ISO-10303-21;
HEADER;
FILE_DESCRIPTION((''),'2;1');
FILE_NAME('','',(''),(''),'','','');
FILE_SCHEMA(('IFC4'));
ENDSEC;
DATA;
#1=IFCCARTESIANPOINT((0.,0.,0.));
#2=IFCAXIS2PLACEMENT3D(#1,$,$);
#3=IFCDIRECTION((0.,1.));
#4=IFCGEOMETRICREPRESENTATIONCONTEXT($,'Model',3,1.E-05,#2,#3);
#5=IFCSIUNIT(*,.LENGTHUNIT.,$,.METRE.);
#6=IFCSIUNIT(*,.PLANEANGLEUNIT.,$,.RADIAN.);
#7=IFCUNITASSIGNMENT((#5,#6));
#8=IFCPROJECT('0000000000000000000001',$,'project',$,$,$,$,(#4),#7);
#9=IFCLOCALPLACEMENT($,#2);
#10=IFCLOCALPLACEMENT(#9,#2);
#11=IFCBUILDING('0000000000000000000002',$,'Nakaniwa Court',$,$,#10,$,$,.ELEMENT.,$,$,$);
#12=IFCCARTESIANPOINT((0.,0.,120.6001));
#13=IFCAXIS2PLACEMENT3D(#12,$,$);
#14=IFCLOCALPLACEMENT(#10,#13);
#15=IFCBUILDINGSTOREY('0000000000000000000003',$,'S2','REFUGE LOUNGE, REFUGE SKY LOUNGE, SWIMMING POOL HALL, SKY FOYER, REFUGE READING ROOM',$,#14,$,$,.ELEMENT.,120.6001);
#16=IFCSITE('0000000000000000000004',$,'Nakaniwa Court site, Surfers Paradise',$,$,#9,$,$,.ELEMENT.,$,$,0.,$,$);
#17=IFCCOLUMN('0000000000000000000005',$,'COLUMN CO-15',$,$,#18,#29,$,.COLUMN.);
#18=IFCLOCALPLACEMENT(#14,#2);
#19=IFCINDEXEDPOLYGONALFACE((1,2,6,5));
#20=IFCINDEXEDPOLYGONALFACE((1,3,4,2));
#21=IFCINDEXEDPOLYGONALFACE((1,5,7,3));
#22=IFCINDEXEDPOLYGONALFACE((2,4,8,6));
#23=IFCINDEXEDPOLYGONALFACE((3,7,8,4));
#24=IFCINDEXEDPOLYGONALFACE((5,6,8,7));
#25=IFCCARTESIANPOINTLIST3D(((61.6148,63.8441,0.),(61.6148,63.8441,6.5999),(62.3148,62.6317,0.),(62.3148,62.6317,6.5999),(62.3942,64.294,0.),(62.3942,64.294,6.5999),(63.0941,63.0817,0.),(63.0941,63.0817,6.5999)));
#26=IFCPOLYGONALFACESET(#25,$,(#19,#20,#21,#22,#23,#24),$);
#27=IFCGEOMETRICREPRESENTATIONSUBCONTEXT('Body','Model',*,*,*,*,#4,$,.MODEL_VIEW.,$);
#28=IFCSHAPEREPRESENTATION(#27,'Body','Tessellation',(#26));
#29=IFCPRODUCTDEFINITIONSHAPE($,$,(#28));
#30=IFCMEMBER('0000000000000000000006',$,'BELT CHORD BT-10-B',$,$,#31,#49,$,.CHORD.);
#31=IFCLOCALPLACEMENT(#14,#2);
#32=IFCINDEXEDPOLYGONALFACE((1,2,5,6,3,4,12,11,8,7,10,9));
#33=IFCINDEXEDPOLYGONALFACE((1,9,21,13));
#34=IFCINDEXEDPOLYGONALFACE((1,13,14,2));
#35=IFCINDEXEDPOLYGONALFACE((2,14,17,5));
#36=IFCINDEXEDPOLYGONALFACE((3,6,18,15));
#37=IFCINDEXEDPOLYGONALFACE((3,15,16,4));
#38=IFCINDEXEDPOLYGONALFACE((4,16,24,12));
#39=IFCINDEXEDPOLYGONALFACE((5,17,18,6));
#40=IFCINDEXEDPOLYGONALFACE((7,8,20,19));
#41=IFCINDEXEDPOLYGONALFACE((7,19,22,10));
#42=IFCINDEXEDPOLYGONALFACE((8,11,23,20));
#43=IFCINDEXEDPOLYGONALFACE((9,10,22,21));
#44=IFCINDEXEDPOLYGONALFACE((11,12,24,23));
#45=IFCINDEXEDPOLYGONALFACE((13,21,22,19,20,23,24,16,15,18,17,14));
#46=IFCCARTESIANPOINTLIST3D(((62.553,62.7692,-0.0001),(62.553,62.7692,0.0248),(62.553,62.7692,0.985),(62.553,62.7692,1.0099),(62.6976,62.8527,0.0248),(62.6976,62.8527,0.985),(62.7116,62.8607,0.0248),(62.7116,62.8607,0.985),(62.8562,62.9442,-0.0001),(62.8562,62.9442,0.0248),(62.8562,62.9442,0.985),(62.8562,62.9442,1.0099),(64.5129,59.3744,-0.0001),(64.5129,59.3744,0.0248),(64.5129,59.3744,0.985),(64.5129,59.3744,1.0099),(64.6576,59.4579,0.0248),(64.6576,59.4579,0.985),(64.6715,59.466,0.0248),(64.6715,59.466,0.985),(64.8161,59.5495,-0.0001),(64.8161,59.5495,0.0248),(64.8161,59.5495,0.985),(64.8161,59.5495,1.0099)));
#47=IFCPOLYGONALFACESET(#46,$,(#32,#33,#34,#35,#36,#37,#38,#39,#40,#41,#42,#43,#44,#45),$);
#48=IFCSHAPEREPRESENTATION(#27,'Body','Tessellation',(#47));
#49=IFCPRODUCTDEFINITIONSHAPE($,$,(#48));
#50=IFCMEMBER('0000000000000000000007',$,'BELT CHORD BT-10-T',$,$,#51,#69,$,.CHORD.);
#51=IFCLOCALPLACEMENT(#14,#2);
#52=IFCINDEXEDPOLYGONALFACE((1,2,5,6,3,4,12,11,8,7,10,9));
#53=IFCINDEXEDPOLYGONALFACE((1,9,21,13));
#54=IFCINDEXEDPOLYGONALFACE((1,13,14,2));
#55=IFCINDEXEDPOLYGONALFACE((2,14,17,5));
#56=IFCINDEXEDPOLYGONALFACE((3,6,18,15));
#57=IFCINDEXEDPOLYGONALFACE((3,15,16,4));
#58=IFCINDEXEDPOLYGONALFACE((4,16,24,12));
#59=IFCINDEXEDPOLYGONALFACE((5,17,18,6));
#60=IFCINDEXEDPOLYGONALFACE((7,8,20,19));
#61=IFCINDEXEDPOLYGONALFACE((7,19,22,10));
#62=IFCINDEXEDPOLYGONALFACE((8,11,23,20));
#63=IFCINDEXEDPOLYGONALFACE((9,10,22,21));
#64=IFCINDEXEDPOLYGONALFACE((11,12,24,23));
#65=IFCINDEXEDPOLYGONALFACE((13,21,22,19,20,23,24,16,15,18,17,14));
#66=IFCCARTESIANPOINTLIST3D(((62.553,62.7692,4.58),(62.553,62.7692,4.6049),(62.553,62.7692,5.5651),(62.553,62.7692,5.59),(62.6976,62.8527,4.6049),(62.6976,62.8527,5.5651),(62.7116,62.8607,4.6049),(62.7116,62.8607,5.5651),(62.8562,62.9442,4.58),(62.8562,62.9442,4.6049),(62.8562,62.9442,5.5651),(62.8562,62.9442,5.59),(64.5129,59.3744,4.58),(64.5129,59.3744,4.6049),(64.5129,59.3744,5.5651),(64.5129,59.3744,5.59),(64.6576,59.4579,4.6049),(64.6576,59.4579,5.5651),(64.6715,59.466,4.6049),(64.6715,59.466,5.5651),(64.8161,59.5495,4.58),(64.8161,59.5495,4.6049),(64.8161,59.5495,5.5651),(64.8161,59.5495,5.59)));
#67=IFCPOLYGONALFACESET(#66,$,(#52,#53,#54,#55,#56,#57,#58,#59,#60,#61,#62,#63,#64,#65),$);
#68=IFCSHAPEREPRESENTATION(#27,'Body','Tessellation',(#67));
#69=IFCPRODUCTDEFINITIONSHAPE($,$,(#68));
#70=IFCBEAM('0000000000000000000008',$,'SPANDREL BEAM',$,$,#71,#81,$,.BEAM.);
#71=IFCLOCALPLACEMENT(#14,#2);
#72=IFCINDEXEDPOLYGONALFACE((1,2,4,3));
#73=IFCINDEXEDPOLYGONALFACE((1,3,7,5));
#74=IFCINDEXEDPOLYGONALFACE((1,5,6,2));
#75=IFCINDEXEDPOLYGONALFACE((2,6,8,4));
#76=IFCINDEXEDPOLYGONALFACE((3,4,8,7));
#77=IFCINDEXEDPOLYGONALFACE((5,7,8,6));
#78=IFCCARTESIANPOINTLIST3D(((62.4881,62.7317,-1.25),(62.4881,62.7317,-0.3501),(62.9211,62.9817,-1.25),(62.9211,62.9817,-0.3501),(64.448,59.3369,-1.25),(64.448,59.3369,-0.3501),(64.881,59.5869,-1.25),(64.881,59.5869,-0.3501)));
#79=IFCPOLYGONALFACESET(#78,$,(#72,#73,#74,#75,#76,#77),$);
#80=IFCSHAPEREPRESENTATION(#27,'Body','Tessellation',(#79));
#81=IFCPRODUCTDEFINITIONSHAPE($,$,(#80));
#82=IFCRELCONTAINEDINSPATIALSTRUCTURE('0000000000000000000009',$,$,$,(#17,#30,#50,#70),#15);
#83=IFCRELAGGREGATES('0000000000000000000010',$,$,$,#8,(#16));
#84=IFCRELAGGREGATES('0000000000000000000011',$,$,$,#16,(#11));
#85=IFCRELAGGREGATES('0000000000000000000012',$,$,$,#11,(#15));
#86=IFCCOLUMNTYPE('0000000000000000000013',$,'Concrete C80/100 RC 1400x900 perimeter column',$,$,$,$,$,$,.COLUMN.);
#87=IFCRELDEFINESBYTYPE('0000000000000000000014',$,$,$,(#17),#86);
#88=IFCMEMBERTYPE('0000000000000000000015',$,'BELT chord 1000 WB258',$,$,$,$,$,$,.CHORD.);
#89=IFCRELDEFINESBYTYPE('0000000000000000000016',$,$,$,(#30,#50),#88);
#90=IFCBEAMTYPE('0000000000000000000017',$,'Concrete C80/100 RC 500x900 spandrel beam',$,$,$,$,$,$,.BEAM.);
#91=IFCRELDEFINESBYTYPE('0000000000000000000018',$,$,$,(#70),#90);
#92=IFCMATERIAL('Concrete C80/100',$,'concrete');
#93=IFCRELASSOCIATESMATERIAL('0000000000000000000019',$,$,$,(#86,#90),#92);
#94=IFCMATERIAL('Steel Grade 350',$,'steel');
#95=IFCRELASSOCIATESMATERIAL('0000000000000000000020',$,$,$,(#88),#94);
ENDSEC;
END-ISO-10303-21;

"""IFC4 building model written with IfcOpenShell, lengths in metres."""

from ifc_helpers import new_model, si_unit, direction, frame, origin, origin_2d, place, context, subcontext, project, spatial, rectangle, i_section, extrude, material, material_profile, profile_set, type_object, element, save


model = new_model("IFC4")

# Units and contexts
model_context = context("Model", 3, precision=1e-05, world=origin(), true_north=direction((0.0, 1.0)))
body_context = subcontext(model_context, "Body", "Model", "MODEL_VIEW")
ifc_project = project(units=[si_unit("LENGTHUNIT", "METRE"), si_unit("PLANEANGLEUNIT", "RADIAN")], contexts=[model_context])

# Site, building, storey
site_placement = place(None, origin())
site = spatial("IfcSite", under=ifc_project, at=site_placement, Name="Nakaniwa Court site, Surfers Paradise", CompositionType="ELEMENT", RefElevation=0.0)
building_placement = place(site_placement, origin())
building = spatial("IfcBuilding", under=site, at=building_placement, Name="Nakaniwa Court", CompositionType="ELEMENT")
storey_placement = place(building_placement, frame((0.0, 0.0, 120.6001)))
storey = spatial("IfcBuildingStorey", under=building, at=storey_placement, Name="S2", Description="REFUGE LOUNGE, REFUGE SKY LOUNGE, SWIMMING POOL HALL, SKY FOYER, REFUGE READING ROOM", CompositionType="ELEMENT", Elevation=120.6001)

# Column
ifc_material_1 = material(Name="Concrete C80/100", Category="concrete")
ifc_material_profile_1 = material_profile(ifc_material_1, rectangle(XDim=1.3999, YDim=0.8999, at=origin_2d()), Name="Concrete C80/100 RC 1400x900 perimeter column")
ifc_profile_set_1 = profile_set([ifc_material_profile_1], Name="Concrete C80/100")
column_type = type_object("IfcColumnType", Name="Concrete C80/100 RC 1400x900 perimeter column", PredefinedType="COLUMN", material=ifc_profile_set_1)
column_placement = place(storey_placement, frame((62.3545, 63.4629, 0.0), z_axis=(0.0, 0.0, 1.0), x_axis=(0.5, -0.866025, 0.0)))
element("IfcColumn", 1, at=column_placement, inside=storey, type_object=column_type, Name="COLUMN CO-15", PredefinedType="COLUMN", context=body_context, shape_type="SweptSolid", body=[
    extrude(rectangle(XDim=1.3999, YDim=0.8999, at=origin_2d()), origin(), (0.0, 0.0, 1.0), 6.5999),
])

# Members
ifc_material_2 = material(Name="Steel Grade 350", Category="steel")
ifc_material_profile_2 = material_profile(ifc_material_2, i_section(OverallWidth=0.3501, OverallDepth=1.01, WebThickness=0.0161, FlangeThickness=0.0249, at=origin_2d()), Name="1000WB258")
ifc_profile_set_2 = profile_set([ifc_material_profile_2], Name="Steel Grade 350")
member_type = type_object("IfcMemberType", Name="BELT chord 1000 WB258", PredefinedType="CHORD", material=ifc_profile_set_2)
for number, where, z_axis, x_axis, name in (
    (2, (62.7046, 62.8567, 0.5049), (0.499997, -0.866027, 0.0), (0.866027, 0.499997, 0.0), "BELT CHORD BT-10-B"),
    (3, (62.7046, 62.8567, 5.085), (0.499997, -0.866027, 0.0), (0.866027, 0.499997, 0.0), "BELT CHORD BT-10-T"),
):
    element("IfcMember", number, at=place(storey_placement, frame(where, z_axis=z_axis, x_axis=x_axis)), inside=storey, type_object=member_type, Name=name, PredefinedType="CHORD", context=body_context, shape_type="SweptSolid", body=[
        extrude(i_section(OverallWidth=0.3501, OverallDepth=1.01, WebThickness=0.0161, FlangeThickness=0.0249, at=origin_2d()), origin(), (0.0, 0.0, 1.0), 3.9199),
    ])

# Beam
ifc_material_profile_3 = material_profile(ifc_material_1, rectangle(XDim=0.5, YDim=0.8999, at=origin_2d()), Name="Concrete C80/100 RC 500x900 spandrel beam")
ifc_profile_set_3 = profile_set([ifc_material_profile_3], Name="Concrete C80/100")
beam_type = type_object("IfcBeamType", Name="Concrete C80/100 RC 500x900 spandrel beam", PredefinedType="BEAM", material=ifc_profile_set_3)
beam_placement = place(storey_placement, frame((62.7046, 62.8567, -0.8), z_axis=(0.499997, -0.866027, 0.0), x_axis=(0.866027, 0.499997, 0.0)))
element("IfcBeam", 4, at=beam_placement, inside=storey, type_object=beam_type, Name="SPANDREL BEAM", PredefinedType="BEAM", context=body_context, shape_type="SweptSolid", body=[
    extrude(rectangle(XDim=0.5, YDim=0.8999, at=origin_2d()), origin(), (0.0, 0.0, 1.0), 3.9199),
])

save(model, "model.ifc")
